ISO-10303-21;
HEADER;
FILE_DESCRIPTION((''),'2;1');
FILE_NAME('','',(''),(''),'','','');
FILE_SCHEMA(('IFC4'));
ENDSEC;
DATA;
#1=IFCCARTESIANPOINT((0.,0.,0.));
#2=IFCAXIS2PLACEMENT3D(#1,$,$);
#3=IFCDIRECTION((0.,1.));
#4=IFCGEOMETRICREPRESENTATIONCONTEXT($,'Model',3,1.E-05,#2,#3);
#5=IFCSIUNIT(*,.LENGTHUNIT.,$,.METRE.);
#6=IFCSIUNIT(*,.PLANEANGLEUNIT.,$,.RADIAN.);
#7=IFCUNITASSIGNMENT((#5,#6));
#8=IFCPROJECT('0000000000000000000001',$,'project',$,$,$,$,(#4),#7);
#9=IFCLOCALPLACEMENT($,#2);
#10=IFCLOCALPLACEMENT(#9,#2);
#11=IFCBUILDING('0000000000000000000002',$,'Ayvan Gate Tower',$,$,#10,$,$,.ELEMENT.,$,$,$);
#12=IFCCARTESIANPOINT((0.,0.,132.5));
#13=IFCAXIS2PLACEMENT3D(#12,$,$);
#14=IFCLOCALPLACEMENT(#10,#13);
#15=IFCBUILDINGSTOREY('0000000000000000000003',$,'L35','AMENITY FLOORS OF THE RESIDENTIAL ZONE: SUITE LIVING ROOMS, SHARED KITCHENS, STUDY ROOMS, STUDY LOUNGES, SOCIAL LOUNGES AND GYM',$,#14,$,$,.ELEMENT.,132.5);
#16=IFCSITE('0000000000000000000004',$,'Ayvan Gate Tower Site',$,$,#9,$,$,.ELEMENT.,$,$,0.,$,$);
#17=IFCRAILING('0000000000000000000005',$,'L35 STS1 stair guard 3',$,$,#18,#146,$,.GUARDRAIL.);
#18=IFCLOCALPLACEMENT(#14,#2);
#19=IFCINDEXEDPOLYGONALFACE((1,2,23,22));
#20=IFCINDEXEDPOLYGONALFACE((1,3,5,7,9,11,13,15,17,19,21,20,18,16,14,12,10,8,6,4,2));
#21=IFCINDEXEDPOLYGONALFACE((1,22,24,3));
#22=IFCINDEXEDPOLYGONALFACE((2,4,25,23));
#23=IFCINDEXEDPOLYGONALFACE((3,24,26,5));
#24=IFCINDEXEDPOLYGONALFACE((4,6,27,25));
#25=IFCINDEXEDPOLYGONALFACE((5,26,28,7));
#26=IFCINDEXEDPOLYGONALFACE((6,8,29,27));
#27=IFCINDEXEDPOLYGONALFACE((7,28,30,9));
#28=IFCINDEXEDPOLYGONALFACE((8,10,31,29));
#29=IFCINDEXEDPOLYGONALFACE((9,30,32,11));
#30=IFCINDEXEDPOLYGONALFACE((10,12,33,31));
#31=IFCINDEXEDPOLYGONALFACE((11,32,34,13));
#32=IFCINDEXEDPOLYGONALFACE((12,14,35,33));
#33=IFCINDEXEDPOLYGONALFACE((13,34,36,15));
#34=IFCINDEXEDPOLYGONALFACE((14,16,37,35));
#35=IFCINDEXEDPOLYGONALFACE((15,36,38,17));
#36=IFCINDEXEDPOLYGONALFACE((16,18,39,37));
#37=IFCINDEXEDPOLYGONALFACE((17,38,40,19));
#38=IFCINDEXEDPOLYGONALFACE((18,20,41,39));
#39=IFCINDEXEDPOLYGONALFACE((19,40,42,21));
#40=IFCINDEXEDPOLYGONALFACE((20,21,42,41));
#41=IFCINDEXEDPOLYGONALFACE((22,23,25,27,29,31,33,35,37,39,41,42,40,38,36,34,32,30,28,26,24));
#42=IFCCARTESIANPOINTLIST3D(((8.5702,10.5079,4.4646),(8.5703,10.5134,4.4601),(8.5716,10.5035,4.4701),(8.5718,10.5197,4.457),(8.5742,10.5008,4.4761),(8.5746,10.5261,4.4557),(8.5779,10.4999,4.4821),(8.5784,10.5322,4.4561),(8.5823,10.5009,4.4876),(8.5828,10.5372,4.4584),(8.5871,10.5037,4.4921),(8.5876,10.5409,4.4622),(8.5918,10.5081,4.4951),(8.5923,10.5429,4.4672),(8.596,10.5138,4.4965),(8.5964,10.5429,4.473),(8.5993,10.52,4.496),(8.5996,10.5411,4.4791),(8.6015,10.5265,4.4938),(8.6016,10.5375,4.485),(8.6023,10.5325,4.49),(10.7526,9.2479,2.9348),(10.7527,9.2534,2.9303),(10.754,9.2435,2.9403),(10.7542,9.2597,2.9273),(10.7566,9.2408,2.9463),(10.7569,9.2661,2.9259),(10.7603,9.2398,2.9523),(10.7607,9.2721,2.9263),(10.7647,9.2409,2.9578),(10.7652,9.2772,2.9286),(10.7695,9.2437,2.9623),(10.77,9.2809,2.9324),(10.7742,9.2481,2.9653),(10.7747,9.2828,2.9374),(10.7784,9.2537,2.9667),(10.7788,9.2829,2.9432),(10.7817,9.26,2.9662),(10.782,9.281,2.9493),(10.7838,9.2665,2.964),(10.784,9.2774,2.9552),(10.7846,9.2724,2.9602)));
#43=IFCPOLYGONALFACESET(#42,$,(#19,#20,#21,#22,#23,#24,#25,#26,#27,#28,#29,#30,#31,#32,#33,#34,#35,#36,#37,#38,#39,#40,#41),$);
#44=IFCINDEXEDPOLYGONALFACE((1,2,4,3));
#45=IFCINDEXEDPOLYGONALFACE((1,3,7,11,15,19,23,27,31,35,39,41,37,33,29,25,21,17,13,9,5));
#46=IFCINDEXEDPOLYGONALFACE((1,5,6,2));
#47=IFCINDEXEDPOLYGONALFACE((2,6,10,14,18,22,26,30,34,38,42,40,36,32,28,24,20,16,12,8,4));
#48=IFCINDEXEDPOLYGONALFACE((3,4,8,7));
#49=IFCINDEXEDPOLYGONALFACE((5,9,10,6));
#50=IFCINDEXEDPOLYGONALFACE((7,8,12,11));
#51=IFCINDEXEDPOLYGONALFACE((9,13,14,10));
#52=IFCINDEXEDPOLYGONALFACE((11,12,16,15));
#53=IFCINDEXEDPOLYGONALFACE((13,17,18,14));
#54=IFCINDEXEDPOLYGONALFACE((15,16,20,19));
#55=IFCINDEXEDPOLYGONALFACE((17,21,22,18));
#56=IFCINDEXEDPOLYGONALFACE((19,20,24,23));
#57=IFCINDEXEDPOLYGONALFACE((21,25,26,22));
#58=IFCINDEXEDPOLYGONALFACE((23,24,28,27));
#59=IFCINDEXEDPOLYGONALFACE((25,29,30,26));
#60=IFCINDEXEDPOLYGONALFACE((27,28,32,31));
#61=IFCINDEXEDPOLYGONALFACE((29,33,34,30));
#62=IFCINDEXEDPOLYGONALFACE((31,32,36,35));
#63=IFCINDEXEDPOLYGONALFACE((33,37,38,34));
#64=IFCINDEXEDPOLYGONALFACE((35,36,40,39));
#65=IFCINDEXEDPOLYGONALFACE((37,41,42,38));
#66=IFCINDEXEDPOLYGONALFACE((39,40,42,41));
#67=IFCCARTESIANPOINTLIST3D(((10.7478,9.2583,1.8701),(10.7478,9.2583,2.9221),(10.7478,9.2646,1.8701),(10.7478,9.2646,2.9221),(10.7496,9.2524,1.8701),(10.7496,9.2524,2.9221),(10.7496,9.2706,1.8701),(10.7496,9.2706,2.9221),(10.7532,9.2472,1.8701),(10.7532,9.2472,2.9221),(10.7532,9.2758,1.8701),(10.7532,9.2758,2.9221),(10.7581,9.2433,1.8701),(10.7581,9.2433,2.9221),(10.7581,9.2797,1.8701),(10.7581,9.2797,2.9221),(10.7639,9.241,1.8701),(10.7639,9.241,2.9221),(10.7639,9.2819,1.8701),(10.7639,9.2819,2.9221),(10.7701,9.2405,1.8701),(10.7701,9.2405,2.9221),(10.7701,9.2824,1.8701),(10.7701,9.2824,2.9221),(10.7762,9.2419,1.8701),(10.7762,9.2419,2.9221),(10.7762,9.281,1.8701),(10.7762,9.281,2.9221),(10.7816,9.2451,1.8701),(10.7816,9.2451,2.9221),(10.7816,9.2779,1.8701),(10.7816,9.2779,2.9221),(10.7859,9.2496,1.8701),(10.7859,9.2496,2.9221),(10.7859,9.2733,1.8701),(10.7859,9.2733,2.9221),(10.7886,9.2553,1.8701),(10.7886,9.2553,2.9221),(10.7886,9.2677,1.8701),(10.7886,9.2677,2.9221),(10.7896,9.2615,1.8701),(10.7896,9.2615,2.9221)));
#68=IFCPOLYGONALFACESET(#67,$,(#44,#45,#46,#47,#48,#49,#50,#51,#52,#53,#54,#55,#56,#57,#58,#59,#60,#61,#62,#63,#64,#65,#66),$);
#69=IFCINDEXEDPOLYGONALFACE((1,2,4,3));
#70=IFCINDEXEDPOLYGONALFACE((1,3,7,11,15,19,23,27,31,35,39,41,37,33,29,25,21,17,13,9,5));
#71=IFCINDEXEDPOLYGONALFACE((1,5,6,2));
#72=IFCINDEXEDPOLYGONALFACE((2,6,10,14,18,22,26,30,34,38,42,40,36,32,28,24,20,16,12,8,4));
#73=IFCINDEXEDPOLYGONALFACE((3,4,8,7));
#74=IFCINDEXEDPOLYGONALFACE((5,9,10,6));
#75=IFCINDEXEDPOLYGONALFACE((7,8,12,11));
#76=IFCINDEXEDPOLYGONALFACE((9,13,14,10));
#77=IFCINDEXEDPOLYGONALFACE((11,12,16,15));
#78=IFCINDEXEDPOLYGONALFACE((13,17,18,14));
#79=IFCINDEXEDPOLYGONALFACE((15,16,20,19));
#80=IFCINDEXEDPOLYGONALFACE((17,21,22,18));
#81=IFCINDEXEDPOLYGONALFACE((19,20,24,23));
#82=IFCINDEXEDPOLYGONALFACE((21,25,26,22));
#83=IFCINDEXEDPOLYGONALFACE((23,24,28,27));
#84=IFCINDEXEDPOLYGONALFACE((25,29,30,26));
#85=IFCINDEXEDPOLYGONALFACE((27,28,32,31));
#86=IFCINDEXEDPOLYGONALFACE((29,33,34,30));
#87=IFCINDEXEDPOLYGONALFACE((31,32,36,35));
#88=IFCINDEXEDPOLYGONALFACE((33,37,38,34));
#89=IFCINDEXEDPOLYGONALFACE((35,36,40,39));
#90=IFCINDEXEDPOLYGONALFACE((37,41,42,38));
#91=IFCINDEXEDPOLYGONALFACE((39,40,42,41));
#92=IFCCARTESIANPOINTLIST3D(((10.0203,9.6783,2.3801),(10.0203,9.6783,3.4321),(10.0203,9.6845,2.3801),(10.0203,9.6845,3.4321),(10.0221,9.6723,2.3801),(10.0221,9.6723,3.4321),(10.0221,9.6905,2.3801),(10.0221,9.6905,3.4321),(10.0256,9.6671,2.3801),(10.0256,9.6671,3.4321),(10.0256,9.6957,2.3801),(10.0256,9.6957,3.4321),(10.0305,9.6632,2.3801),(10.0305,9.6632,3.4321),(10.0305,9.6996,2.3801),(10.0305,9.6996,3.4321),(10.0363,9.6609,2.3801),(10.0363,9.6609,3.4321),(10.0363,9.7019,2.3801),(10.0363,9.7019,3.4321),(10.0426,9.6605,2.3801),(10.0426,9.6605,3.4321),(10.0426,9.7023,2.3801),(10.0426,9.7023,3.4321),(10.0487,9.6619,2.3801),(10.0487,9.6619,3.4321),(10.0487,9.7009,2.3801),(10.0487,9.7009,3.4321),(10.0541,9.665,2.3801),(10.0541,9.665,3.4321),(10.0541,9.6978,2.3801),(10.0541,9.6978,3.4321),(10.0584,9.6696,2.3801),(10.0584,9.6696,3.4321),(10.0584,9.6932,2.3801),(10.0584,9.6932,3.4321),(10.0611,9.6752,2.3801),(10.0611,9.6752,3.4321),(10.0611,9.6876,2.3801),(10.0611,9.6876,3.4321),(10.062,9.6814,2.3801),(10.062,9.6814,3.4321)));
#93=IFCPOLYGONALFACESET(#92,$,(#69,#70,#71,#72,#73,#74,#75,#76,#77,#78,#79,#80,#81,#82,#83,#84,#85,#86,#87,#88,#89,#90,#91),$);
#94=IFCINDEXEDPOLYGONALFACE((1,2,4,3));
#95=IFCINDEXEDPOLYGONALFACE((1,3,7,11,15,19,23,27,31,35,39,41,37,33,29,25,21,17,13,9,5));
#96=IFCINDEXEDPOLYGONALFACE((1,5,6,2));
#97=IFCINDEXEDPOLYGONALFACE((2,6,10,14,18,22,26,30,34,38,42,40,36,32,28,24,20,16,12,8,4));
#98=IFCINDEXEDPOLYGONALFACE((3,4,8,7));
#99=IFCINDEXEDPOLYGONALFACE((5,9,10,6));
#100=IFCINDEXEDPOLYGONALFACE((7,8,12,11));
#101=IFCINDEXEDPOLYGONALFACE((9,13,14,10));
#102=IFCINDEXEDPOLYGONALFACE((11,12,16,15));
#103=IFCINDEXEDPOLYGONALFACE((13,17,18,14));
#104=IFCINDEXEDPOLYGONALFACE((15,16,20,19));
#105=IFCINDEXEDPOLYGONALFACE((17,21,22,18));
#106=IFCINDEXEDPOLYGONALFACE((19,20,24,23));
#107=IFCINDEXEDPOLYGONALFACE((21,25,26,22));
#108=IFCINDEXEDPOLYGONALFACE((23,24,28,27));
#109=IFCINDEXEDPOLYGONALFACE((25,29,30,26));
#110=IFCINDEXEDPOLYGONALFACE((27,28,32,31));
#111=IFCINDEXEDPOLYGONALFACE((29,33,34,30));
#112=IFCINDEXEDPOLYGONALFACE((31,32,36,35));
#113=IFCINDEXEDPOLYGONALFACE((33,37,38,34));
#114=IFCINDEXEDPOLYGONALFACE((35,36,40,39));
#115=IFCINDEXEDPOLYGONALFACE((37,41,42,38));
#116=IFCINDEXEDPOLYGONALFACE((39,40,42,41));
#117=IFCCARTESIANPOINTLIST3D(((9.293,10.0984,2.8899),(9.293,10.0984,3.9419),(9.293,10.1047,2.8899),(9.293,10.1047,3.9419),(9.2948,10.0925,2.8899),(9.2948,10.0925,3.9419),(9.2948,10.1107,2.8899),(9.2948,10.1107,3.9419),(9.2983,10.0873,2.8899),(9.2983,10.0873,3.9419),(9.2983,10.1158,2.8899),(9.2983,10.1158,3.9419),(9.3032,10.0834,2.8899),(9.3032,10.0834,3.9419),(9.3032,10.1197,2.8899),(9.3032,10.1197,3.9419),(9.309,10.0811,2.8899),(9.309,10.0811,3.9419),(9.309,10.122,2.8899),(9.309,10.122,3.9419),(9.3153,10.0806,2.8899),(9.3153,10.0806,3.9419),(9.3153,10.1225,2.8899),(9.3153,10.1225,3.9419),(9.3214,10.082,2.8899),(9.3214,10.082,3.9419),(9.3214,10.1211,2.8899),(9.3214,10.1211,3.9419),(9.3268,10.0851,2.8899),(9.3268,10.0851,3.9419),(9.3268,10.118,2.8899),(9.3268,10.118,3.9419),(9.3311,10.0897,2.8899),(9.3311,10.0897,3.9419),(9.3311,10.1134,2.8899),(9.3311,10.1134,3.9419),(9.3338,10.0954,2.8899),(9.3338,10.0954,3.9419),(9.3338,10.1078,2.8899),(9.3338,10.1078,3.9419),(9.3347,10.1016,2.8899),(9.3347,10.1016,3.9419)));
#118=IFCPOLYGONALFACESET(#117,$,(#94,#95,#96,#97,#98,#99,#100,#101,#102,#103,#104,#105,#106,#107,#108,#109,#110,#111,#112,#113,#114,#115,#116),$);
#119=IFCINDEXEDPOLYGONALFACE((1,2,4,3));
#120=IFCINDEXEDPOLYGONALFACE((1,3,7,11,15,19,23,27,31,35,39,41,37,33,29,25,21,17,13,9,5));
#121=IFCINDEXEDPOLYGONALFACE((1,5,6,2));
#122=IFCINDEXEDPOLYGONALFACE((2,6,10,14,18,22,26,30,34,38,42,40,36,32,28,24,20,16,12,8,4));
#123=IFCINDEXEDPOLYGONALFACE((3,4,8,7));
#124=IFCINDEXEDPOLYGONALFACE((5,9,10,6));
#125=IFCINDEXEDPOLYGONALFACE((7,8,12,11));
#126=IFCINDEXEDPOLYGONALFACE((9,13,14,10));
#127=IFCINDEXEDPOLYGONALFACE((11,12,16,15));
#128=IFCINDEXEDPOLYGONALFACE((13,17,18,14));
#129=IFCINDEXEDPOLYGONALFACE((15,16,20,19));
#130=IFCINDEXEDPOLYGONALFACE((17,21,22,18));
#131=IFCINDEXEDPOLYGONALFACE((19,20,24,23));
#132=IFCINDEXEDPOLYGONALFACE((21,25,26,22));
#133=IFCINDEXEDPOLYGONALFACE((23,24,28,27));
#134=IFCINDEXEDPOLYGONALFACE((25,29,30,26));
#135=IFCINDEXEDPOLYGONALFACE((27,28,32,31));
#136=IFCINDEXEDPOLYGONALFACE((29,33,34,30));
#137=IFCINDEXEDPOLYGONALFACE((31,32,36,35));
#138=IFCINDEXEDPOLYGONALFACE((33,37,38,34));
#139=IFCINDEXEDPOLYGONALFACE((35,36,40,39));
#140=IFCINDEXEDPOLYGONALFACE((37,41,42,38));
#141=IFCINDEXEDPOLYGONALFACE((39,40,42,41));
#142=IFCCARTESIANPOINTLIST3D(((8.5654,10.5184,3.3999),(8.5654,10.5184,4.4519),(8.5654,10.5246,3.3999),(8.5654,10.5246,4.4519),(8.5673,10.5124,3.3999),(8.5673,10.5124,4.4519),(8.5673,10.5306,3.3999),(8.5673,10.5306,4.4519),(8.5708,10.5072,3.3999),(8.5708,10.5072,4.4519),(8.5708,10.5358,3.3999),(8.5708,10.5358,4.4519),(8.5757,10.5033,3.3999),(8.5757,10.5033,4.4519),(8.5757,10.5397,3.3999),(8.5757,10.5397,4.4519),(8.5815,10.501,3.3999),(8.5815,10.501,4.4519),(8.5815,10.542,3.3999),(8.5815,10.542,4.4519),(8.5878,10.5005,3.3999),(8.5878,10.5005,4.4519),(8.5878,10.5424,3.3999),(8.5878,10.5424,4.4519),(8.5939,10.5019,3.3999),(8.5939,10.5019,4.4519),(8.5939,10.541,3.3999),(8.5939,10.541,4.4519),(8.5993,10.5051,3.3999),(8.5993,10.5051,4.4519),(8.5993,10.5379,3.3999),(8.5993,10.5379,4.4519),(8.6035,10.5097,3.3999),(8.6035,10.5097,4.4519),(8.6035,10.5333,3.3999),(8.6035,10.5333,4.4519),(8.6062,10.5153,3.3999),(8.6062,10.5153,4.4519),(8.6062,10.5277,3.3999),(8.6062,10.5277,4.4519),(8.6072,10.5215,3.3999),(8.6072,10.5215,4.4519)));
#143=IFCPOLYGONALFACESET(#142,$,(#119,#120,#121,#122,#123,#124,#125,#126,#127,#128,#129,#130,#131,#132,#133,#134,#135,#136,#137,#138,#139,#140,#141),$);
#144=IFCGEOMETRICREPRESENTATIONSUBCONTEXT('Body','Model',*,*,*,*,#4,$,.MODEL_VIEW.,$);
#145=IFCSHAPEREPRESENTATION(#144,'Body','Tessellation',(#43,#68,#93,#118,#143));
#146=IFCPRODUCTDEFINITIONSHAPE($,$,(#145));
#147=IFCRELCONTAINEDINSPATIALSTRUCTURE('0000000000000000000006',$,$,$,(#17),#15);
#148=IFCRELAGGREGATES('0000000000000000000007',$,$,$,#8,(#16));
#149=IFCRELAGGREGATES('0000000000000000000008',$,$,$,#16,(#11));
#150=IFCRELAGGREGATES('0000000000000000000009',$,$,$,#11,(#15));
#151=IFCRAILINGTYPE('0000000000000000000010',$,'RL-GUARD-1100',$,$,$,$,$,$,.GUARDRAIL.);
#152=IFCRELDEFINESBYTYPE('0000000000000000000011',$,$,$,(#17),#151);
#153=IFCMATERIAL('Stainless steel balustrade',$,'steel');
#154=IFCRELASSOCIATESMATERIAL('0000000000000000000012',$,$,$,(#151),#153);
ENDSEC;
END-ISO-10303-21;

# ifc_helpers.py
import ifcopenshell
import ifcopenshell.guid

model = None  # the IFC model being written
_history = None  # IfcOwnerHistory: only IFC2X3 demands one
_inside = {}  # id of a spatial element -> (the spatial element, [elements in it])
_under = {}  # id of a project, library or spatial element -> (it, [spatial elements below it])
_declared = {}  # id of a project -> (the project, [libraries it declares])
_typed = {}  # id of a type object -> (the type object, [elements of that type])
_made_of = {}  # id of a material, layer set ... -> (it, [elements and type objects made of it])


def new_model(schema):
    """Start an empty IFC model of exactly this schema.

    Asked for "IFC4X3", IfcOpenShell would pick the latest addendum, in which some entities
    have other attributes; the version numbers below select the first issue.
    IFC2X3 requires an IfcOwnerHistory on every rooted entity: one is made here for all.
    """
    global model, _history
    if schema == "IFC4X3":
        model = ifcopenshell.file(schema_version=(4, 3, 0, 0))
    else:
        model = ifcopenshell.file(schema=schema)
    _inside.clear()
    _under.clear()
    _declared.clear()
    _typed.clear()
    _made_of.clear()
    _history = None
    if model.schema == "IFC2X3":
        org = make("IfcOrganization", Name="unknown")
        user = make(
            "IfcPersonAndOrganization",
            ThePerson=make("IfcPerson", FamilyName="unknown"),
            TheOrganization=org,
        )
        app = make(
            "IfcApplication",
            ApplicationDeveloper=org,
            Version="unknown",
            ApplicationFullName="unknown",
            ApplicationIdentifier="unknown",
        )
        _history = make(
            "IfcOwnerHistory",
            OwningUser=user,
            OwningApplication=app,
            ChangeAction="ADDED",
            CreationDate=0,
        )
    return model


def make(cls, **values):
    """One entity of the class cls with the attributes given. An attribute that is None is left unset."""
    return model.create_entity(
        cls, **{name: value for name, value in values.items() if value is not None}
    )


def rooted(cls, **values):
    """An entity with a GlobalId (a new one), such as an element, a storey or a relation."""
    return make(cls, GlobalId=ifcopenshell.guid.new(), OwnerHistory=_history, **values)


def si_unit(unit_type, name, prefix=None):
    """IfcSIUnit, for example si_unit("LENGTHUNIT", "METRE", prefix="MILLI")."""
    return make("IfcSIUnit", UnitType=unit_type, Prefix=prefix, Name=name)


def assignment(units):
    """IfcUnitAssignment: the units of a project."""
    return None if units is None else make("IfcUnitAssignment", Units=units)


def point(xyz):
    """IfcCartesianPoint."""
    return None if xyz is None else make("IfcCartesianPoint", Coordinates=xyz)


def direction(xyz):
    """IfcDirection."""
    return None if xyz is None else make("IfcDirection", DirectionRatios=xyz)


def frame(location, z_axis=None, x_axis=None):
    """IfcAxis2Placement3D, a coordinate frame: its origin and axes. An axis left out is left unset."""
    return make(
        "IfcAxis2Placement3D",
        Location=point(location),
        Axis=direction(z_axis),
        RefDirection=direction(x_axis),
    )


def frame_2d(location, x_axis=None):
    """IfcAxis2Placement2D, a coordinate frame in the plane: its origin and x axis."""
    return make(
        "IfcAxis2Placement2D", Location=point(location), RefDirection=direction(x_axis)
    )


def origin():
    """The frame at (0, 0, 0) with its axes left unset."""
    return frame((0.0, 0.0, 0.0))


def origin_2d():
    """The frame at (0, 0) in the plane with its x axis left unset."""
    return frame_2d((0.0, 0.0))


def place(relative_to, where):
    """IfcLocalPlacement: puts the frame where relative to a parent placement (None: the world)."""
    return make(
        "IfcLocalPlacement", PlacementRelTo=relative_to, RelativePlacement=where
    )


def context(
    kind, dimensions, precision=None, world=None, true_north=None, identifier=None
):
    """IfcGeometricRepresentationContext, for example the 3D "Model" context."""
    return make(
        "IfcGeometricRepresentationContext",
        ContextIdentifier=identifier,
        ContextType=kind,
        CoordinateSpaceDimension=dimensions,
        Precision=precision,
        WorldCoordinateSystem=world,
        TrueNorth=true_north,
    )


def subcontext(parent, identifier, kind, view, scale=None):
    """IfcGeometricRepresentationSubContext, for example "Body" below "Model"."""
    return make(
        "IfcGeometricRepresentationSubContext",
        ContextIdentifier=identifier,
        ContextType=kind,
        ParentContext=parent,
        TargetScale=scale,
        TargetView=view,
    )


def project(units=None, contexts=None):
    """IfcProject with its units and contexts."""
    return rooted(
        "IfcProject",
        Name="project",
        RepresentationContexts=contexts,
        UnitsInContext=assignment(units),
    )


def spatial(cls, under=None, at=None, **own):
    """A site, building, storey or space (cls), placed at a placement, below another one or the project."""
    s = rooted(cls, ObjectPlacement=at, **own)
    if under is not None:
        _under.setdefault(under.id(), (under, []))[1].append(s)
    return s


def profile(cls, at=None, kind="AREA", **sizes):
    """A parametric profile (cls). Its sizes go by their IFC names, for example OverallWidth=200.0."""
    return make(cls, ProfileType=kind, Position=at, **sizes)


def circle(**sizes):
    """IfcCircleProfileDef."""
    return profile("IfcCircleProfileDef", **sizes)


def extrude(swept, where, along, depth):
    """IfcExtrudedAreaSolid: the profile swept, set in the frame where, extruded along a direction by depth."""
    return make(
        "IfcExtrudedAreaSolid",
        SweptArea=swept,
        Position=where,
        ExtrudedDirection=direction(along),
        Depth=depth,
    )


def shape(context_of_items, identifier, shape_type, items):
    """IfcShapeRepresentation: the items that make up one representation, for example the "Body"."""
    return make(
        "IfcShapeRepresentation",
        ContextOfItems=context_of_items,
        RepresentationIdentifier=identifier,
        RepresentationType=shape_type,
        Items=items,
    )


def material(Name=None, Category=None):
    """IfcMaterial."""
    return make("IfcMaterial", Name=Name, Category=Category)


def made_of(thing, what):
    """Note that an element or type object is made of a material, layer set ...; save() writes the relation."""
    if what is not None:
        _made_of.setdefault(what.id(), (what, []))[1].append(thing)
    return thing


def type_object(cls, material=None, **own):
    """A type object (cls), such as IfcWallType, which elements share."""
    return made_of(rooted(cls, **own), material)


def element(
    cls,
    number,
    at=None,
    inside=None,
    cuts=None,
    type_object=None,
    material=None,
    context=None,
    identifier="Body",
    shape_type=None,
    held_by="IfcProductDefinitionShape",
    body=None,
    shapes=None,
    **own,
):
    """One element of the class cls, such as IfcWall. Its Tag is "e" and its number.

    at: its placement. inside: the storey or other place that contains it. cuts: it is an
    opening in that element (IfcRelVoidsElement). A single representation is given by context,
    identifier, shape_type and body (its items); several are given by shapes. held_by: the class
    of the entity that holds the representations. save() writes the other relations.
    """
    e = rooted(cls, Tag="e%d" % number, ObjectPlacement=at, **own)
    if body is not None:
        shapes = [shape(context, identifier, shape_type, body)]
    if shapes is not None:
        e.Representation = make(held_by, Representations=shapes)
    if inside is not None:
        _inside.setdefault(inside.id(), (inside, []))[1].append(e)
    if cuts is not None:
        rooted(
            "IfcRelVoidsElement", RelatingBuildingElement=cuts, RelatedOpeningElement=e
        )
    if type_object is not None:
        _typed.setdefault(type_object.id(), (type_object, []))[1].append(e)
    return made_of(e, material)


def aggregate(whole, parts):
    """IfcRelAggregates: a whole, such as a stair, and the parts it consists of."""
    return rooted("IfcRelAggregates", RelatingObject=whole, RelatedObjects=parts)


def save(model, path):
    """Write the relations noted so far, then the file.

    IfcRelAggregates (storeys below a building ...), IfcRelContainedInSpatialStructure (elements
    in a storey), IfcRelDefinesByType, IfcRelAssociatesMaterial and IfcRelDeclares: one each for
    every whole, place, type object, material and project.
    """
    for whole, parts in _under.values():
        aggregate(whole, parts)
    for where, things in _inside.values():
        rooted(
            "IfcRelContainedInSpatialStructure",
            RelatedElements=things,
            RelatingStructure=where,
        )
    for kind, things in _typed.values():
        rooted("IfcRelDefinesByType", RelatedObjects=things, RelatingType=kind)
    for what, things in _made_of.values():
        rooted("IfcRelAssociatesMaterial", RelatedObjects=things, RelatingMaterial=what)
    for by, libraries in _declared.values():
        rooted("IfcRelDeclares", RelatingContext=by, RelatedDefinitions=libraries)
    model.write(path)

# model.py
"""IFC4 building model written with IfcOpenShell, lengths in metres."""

from ifc_helpers import new_model, si_unit, direction, frame, origin, origin_2d, place, context, subcontext, project, spatial, circle, extrude, material, type_object, element, save


model = new_model("IFC4")

# Units and contexts
model_context = context("Model", 3, precision=1e-05, world=origin(), true_north=direction((0.0, 1.0)))
body_context = subcontext(model_context, "Body", "Model", "MODEL_VIEW")
ifc_project = project(units=[si_unit("LENGTHUNIT", "METRE"), si_unit("PLANEANGLEUNIT", "RADIAN")], contexts=[model_context])

# Site, building, storey
site_placement = place(None, origin())
site = spatial("IfcSite", under=ifc_project, at=site_placement, Name="Ayvan Gate Tower Site", CompositionType="ELEMENT", RefElevation=0.0)
building_placement = place(site_placement, origin())
building = spatial("IfcBuilding", under=site, at=building_placement, Name="Ayvan Gate Tower", CompositionType="ELEMENT")
storey_placement = place(building_placement, frame((0.0, 0.0, 132.5)))
storey = spatial("IfcBuildingStorey", under=building, at=storey_placement, Name="L35", Description="AMENITY FLOORS OF THE RESIDENTIAL ZONE: SUITE LIVING ROOMS, SHARED KITCHENS, STUDY ROOMS, STUDY LOUNGES, SOCIAL LOUNGES AND GYM", CompositionType="ELEMENT", Elevation=132.5)

# Railing
ifc_material_1 = material(Name="Stainless steel balustrade", Category="steel")
railing_type_1 = type_object("IfcRailingType", Name="RL-GUARD-1100", PredefinedType="GUARDRAIL", material=ifc_material_1)
railing_1_placement = place(storey_placement, frame((10.7686, 9.2615, 1.8701)))
element("IfcRailing", 1, at=railing_1_placement, inside=storey, type_object=railing_type_1, Name="L35 STS1 stair guard 3", PredefinedType="GUARDRAIL", context=body_context, shape_type="SweptSolid", body=[
    extrude(circle(Radius=0.0239, at=origin_2d()), frame((0.0, 0.0, 1.0762), z_axis=(-0.740293, 0.427414, 0.518926), x_axis=(-0.500005, -0.866023, 0.0)), (0.0, 0.0, 1.0), 2.948),
    extrude(circle(Radius=0.021, at=origin_2d()), origin(), (0.0, 0.0, 1.0), 1.052),
    extrude(circle(Radius=0.021, at=origin_2d()), frame((-0.7275, 0.4199, 0.51)), (0.0, 0.0, 1.0), 1.052),
    extrude(circle(Radius=0.021, at=origin_2d()), frame((-1.4548, 0.8401, 1.0198)), (0.0, 0.0, 1.0), 1.052),
    extrude(circle(Radius=0.021, at=origin_2d()), frame((-2.1824, 1.26, 1.5298)), (0.0, 0.0, 1.0), 1.052),
])

save(model, "model.ifc")
